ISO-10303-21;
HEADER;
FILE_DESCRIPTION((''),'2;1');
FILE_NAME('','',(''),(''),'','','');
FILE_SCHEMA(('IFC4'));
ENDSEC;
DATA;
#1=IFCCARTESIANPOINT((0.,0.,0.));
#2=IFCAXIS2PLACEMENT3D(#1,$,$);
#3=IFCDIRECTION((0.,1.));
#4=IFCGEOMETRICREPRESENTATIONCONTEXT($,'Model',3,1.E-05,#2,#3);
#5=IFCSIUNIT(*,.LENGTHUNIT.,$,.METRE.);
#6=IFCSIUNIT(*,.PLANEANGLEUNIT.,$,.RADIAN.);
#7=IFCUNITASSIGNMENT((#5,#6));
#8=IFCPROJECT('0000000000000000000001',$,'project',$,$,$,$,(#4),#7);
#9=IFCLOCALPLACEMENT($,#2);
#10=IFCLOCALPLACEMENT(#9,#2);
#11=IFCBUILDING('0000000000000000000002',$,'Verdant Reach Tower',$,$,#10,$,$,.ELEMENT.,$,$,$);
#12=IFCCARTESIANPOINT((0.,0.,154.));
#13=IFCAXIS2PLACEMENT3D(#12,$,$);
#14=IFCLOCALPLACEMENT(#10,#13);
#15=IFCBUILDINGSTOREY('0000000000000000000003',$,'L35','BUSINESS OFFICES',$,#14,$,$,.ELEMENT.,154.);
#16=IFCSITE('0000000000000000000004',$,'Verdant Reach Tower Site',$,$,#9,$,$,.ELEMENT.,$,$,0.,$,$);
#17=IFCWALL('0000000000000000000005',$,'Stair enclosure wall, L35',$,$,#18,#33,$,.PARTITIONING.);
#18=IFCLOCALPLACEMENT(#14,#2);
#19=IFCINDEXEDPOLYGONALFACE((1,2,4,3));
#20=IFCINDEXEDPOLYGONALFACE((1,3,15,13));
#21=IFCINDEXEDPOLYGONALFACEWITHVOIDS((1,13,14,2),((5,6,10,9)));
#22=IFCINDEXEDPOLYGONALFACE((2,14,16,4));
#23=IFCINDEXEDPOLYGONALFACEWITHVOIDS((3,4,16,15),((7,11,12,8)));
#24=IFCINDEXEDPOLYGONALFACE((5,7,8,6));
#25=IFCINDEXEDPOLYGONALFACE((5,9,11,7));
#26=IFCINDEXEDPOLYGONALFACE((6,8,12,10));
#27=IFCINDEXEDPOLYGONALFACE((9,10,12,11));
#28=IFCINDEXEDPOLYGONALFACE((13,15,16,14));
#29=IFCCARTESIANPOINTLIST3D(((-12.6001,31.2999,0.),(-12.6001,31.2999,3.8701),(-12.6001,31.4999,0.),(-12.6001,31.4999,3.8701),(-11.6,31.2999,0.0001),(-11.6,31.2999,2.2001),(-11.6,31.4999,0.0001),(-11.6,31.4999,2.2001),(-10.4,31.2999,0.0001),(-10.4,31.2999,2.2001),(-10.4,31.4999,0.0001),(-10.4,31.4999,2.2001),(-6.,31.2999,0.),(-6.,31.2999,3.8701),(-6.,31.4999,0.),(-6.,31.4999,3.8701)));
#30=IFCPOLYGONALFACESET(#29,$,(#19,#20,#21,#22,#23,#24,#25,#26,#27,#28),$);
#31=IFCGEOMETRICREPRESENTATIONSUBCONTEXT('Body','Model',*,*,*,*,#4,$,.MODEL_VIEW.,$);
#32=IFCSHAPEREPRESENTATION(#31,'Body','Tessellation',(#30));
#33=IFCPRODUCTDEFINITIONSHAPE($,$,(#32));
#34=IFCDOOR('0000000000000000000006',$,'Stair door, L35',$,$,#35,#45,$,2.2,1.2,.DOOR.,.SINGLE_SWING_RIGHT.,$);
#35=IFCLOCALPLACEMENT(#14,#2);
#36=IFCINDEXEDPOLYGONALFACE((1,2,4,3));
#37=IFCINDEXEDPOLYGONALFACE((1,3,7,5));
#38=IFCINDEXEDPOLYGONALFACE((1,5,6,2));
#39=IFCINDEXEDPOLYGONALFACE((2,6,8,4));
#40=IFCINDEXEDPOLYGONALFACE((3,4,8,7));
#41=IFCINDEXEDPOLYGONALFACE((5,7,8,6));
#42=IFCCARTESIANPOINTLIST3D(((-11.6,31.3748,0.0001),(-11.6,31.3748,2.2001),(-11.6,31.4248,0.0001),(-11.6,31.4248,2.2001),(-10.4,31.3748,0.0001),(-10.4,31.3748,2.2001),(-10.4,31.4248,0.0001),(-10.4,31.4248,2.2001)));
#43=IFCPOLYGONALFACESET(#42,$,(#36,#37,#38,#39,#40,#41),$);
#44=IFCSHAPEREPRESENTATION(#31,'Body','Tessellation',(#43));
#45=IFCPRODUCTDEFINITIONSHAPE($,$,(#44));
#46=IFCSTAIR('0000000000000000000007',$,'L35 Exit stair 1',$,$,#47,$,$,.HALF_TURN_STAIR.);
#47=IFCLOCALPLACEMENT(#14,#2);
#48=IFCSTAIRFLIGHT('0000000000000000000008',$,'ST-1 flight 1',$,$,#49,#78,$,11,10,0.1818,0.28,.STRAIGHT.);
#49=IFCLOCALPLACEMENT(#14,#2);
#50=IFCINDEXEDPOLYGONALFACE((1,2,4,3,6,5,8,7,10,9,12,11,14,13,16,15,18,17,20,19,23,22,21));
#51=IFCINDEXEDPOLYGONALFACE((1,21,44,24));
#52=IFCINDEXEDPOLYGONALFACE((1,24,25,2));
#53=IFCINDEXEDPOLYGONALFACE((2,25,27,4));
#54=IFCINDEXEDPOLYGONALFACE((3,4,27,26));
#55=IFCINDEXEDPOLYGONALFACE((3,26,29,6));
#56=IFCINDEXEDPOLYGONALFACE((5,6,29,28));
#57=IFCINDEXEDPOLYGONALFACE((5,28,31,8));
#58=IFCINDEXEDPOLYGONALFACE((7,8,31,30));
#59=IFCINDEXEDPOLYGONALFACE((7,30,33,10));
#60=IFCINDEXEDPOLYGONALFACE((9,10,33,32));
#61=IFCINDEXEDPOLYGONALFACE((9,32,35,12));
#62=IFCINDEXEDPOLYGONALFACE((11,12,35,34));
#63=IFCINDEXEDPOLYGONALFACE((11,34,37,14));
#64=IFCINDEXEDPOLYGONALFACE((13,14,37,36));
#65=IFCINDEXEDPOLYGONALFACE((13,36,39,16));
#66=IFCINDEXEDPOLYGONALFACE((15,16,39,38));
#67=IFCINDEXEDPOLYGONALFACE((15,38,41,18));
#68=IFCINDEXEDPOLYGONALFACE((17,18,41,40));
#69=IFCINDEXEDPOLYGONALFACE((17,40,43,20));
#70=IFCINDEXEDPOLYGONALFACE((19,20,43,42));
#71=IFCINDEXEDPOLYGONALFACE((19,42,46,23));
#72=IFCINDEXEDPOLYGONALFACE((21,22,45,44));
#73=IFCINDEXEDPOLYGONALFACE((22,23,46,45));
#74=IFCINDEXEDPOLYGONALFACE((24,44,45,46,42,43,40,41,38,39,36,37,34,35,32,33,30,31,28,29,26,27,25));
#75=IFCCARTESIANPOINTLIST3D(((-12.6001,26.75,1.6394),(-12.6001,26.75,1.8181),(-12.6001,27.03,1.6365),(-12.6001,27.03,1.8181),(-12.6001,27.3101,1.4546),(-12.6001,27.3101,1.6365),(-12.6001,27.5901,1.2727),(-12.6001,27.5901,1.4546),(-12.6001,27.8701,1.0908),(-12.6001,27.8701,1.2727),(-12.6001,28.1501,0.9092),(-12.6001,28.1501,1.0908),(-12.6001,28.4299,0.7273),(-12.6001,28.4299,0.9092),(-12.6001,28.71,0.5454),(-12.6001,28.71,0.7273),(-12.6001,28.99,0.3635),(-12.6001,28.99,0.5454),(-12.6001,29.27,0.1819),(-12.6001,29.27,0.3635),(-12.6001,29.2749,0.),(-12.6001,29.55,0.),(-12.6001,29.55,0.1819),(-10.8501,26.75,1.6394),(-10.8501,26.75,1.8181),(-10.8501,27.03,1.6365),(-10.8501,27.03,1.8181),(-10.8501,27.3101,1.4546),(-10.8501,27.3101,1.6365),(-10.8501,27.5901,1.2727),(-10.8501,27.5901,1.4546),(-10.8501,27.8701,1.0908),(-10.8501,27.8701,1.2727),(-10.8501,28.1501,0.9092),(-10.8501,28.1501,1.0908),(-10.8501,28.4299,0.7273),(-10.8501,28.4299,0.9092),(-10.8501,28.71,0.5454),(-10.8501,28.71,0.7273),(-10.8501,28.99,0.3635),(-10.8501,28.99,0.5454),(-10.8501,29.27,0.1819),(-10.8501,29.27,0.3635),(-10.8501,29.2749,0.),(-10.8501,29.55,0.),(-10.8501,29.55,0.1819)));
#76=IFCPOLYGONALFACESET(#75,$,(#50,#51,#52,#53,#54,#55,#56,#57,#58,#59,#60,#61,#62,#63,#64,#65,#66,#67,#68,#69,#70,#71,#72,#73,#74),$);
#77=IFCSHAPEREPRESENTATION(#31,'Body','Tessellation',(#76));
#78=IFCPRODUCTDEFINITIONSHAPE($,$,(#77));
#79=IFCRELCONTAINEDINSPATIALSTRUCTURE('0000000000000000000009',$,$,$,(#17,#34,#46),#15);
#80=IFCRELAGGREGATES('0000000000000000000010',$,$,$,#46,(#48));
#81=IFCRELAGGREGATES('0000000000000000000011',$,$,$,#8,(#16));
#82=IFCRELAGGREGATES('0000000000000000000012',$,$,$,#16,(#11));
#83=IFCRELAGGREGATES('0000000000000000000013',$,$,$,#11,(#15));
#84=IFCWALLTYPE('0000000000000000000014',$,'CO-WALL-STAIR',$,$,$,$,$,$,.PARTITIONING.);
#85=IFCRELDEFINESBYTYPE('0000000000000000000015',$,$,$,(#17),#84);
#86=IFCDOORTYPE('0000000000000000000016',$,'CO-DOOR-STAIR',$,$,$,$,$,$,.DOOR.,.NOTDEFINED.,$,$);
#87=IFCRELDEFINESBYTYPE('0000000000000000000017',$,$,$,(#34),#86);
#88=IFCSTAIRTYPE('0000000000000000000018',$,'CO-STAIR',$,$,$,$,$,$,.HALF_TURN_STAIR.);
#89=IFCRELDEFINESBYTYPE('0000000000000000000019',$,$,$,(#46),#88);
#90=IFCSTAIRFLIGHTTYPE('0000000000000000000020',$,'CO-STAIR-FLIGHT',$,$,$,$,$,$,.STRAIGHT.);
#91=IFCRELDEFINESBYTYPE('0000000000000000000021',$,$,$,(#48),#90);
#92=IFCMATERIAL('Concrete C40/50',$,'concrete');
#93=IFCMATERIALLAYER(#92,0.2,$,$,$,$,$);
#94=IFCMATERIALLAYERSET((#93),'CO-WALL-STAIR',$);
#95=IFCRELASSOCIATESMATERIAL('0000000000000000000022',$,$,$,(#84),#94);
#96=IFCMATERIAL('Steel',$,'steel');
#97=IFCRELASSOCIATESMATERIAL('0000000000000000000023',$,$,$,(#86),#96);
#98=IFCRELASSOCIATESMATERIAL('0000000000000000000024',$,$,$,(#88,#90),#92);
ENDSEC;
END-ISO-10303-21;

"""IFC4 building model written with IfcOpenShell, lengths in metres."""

from ifc_helpers import new_model, si_unit, direction, frame, frame_2d, origin, place, context, subcontext, project, spatial, polyline, rectangle, outline, extrude, material, layer, layer_set, type_object, element, fill, aggregate, save


model = new_model("IFC4")

# Units and contexts
model_context = context("Model", 3, precision=1e-05, world=origin(), true_north=direction((0.0, 1.0)))
body_context = subcontext(model_context, "Body", "Model", "MODEL_VIEW")
ifc_project = project(units=[si_unit("LENGTHUNIT", "METRE"), si_unit("PLANEANGLEUNIT", "RADIAN")], contexts=[model_context])

# Site, building, storey
site_placement = place(None, origin())
site = spatial("IfcSite", under=ifc_project, at=site_placement, Name="Verdant Reach Tower Site", CompositionType="ELEMENT", RefElevation=0.0)
building_placement = place(site_placement, origin())
building = spatial("IfcBuilding", under=site, at=building_placement, Name="Verdant Reach Tower", CompositionType="ELEMENT")
storey_placement = place(building_placement, frame((0.0, 0.0, 154.0)))
storey = spatial("IfcBuildingStorey", under=building, at=storey_placement, Name="L35", Description="BUSINESS OFFICES", CompositionType="ELEMENT", Elevation=154.0)

# Shared definitions
ifc_material_1 = material(Name="Concrete C40/50", Category="concrete")

# Shared definitions
ifc_material_2 = material(Name="Steel", Category="steel")

# Wall, opening, door
ifc_layer_1 = layer(ifc_material_1, 0.2)
ifc_layer_set_1 = layer_set([ifc_layer_1], Name="CO-WALL-STAIR")
wall_type_1 = type_object("IfcWallType", Name="CO-WALL-STAIR", PredefinedType="PARTITIONING", material=ifc_layer_set_1)
wall_1_placement = place(storey_placement, frame((-12.6001, 31.3999, 0.0), z_axis=(0.0, 0.0, 1.0), x_axis=(1.0, 0.0, 0.0)))
wall_1 = element("IfcWall", 1, at=wall_1_placement, inside=storey, type_object=wall_type_1, Name="Stair enclosure wall, L35", PredefinedType="PARTITIONING", context=body_context, shape_type="SweptSolid", body=[
    extrude(rectangle(XDim=6.6001, YDim=0.2, at=frame_2d((3.3, 0.0))), origin(), (0.0, 0.0, 1.0), 3.8701),
])
opening_1_placement = place(wall_1_placement, frame((1.0, 0.0, 0.0)))
opening_1 = element("IfcOpeningElement", 2, at=opening_1_placement, cuts=wall_1, PredefinedType="OPENING", context=body_context, shape_type="SweptSolid", body=[
    extrude(rectangle(XDim=1.2, YDim=2.2, at=frame_2d((0.6001, 1.1001))), frame((0.0, 0.1099, 0.0), z_axis=(0.0, -1.0, 0.0), x_axis=(1.0, 0.0, 0.0)), (0.0, 0.0, 1.0), 0.22),
])
door_type_1 = type_object("IfcDoorType", Name="CO-DOOR-STAIR", OperationType="NOTDEFINED", PredefinedType="DOOR", material=ifc_material_2)
door_1_placement = place(opening_1_placement, origin())
door_1 = element("IfcDoor", 3, at=door_1_placement, inside=storey, type_object=door_type_1, Name="Stair door, L35", OperationType="SINGLE_SWING_RIGHT", OverallHeight=2.2, OverallWidth=1.2, PredefinedType="DOOR", context=body_context, shape_type="SweptSolid", body=[
    extrude(rectangle(XDim=1.2, YDim=2.2, at=frame_2d((0.6001, 1.1001))), frame((0.0, 0.0249, 0.0), z_axis=(0.0, -1.0, 0.0), x_axis=(1.0, 0.0, 0.0)), (0.0, 0.0, 1.0), 0.05),
])
fill(opening_1, door_1)

# Stair, stair flight
stair_type = type_object("IfcStairType", Name="CO-STAIR", PredefinedType="HALF_TURN_STAIR", material=ifc_material_1)
stair_placement = place(storey_placement, origin())
stair = element("IfcStair", 4, at=stair_placement, inside=storey, type_object=stair_type, Name="L35 Exit stair 1", PredefinedType="HALF_TURN_STAIR")
stair_flight_type = type_object("IfcStairFlightType", Name="CO-STAIR-FLIGHT", PredefinedType="STRAIGHT", material=ifc_material_1)
stair_flight_placement = place(storey_placement, frame((-11.7251, 29.55, 0.0), z_axis=(0.0, 0.0, 1.0), x_axis=(0.0, -1.0, 0.0)))
stair_flight = element("IfcStairFlight", 5, at=stair_flight_placement, type_object=stair_flight_type, Name="ST-1 flight 1", NumberOfRisers=11, NumberOfTreads=10, PredefinedType="STRAIGHT", RiserHeight=0.1818, TreadLength=0.28, context=body_context, shape_type="SweptSolid", body=[
    extrude(outline(polyline([(0.0, 0.0), (0.0, 0.1819), (0.28, 0.1819), (0.28, 0.3635), (0.5601, 0.3635), (0.5601, 0.5454), (0.8401, 0.5454), (0.8401, 0.7273), (1.1201, 0.7273), (1.1201, 0.9092), (1.3999, 0.9092), (1.3999, 1.0908), (1.6799, 1.0908), (1.6799, 1.2727), (1.96, 1.2727), (1.96, 1.4546), (2.24, 1.4546), (2.24, 1.6365), (2.52, 1.6365), (2.52, 1.8181), (2.8, 1.8181), (2.8, 2.0), (2.8, 1.6394), (0.2751, 0.0), (0.0, 0.0)])), frame((0.0, 0.875, 0.0), z_axis=(0.0, -1.0, 0.0), x_axis=(1.0, 0.0, 0.0)), (0.0, 0.0, 1.0), 1.75),
])
aggregate(stair, [stair_flight])

save(model, "model.ifc")
